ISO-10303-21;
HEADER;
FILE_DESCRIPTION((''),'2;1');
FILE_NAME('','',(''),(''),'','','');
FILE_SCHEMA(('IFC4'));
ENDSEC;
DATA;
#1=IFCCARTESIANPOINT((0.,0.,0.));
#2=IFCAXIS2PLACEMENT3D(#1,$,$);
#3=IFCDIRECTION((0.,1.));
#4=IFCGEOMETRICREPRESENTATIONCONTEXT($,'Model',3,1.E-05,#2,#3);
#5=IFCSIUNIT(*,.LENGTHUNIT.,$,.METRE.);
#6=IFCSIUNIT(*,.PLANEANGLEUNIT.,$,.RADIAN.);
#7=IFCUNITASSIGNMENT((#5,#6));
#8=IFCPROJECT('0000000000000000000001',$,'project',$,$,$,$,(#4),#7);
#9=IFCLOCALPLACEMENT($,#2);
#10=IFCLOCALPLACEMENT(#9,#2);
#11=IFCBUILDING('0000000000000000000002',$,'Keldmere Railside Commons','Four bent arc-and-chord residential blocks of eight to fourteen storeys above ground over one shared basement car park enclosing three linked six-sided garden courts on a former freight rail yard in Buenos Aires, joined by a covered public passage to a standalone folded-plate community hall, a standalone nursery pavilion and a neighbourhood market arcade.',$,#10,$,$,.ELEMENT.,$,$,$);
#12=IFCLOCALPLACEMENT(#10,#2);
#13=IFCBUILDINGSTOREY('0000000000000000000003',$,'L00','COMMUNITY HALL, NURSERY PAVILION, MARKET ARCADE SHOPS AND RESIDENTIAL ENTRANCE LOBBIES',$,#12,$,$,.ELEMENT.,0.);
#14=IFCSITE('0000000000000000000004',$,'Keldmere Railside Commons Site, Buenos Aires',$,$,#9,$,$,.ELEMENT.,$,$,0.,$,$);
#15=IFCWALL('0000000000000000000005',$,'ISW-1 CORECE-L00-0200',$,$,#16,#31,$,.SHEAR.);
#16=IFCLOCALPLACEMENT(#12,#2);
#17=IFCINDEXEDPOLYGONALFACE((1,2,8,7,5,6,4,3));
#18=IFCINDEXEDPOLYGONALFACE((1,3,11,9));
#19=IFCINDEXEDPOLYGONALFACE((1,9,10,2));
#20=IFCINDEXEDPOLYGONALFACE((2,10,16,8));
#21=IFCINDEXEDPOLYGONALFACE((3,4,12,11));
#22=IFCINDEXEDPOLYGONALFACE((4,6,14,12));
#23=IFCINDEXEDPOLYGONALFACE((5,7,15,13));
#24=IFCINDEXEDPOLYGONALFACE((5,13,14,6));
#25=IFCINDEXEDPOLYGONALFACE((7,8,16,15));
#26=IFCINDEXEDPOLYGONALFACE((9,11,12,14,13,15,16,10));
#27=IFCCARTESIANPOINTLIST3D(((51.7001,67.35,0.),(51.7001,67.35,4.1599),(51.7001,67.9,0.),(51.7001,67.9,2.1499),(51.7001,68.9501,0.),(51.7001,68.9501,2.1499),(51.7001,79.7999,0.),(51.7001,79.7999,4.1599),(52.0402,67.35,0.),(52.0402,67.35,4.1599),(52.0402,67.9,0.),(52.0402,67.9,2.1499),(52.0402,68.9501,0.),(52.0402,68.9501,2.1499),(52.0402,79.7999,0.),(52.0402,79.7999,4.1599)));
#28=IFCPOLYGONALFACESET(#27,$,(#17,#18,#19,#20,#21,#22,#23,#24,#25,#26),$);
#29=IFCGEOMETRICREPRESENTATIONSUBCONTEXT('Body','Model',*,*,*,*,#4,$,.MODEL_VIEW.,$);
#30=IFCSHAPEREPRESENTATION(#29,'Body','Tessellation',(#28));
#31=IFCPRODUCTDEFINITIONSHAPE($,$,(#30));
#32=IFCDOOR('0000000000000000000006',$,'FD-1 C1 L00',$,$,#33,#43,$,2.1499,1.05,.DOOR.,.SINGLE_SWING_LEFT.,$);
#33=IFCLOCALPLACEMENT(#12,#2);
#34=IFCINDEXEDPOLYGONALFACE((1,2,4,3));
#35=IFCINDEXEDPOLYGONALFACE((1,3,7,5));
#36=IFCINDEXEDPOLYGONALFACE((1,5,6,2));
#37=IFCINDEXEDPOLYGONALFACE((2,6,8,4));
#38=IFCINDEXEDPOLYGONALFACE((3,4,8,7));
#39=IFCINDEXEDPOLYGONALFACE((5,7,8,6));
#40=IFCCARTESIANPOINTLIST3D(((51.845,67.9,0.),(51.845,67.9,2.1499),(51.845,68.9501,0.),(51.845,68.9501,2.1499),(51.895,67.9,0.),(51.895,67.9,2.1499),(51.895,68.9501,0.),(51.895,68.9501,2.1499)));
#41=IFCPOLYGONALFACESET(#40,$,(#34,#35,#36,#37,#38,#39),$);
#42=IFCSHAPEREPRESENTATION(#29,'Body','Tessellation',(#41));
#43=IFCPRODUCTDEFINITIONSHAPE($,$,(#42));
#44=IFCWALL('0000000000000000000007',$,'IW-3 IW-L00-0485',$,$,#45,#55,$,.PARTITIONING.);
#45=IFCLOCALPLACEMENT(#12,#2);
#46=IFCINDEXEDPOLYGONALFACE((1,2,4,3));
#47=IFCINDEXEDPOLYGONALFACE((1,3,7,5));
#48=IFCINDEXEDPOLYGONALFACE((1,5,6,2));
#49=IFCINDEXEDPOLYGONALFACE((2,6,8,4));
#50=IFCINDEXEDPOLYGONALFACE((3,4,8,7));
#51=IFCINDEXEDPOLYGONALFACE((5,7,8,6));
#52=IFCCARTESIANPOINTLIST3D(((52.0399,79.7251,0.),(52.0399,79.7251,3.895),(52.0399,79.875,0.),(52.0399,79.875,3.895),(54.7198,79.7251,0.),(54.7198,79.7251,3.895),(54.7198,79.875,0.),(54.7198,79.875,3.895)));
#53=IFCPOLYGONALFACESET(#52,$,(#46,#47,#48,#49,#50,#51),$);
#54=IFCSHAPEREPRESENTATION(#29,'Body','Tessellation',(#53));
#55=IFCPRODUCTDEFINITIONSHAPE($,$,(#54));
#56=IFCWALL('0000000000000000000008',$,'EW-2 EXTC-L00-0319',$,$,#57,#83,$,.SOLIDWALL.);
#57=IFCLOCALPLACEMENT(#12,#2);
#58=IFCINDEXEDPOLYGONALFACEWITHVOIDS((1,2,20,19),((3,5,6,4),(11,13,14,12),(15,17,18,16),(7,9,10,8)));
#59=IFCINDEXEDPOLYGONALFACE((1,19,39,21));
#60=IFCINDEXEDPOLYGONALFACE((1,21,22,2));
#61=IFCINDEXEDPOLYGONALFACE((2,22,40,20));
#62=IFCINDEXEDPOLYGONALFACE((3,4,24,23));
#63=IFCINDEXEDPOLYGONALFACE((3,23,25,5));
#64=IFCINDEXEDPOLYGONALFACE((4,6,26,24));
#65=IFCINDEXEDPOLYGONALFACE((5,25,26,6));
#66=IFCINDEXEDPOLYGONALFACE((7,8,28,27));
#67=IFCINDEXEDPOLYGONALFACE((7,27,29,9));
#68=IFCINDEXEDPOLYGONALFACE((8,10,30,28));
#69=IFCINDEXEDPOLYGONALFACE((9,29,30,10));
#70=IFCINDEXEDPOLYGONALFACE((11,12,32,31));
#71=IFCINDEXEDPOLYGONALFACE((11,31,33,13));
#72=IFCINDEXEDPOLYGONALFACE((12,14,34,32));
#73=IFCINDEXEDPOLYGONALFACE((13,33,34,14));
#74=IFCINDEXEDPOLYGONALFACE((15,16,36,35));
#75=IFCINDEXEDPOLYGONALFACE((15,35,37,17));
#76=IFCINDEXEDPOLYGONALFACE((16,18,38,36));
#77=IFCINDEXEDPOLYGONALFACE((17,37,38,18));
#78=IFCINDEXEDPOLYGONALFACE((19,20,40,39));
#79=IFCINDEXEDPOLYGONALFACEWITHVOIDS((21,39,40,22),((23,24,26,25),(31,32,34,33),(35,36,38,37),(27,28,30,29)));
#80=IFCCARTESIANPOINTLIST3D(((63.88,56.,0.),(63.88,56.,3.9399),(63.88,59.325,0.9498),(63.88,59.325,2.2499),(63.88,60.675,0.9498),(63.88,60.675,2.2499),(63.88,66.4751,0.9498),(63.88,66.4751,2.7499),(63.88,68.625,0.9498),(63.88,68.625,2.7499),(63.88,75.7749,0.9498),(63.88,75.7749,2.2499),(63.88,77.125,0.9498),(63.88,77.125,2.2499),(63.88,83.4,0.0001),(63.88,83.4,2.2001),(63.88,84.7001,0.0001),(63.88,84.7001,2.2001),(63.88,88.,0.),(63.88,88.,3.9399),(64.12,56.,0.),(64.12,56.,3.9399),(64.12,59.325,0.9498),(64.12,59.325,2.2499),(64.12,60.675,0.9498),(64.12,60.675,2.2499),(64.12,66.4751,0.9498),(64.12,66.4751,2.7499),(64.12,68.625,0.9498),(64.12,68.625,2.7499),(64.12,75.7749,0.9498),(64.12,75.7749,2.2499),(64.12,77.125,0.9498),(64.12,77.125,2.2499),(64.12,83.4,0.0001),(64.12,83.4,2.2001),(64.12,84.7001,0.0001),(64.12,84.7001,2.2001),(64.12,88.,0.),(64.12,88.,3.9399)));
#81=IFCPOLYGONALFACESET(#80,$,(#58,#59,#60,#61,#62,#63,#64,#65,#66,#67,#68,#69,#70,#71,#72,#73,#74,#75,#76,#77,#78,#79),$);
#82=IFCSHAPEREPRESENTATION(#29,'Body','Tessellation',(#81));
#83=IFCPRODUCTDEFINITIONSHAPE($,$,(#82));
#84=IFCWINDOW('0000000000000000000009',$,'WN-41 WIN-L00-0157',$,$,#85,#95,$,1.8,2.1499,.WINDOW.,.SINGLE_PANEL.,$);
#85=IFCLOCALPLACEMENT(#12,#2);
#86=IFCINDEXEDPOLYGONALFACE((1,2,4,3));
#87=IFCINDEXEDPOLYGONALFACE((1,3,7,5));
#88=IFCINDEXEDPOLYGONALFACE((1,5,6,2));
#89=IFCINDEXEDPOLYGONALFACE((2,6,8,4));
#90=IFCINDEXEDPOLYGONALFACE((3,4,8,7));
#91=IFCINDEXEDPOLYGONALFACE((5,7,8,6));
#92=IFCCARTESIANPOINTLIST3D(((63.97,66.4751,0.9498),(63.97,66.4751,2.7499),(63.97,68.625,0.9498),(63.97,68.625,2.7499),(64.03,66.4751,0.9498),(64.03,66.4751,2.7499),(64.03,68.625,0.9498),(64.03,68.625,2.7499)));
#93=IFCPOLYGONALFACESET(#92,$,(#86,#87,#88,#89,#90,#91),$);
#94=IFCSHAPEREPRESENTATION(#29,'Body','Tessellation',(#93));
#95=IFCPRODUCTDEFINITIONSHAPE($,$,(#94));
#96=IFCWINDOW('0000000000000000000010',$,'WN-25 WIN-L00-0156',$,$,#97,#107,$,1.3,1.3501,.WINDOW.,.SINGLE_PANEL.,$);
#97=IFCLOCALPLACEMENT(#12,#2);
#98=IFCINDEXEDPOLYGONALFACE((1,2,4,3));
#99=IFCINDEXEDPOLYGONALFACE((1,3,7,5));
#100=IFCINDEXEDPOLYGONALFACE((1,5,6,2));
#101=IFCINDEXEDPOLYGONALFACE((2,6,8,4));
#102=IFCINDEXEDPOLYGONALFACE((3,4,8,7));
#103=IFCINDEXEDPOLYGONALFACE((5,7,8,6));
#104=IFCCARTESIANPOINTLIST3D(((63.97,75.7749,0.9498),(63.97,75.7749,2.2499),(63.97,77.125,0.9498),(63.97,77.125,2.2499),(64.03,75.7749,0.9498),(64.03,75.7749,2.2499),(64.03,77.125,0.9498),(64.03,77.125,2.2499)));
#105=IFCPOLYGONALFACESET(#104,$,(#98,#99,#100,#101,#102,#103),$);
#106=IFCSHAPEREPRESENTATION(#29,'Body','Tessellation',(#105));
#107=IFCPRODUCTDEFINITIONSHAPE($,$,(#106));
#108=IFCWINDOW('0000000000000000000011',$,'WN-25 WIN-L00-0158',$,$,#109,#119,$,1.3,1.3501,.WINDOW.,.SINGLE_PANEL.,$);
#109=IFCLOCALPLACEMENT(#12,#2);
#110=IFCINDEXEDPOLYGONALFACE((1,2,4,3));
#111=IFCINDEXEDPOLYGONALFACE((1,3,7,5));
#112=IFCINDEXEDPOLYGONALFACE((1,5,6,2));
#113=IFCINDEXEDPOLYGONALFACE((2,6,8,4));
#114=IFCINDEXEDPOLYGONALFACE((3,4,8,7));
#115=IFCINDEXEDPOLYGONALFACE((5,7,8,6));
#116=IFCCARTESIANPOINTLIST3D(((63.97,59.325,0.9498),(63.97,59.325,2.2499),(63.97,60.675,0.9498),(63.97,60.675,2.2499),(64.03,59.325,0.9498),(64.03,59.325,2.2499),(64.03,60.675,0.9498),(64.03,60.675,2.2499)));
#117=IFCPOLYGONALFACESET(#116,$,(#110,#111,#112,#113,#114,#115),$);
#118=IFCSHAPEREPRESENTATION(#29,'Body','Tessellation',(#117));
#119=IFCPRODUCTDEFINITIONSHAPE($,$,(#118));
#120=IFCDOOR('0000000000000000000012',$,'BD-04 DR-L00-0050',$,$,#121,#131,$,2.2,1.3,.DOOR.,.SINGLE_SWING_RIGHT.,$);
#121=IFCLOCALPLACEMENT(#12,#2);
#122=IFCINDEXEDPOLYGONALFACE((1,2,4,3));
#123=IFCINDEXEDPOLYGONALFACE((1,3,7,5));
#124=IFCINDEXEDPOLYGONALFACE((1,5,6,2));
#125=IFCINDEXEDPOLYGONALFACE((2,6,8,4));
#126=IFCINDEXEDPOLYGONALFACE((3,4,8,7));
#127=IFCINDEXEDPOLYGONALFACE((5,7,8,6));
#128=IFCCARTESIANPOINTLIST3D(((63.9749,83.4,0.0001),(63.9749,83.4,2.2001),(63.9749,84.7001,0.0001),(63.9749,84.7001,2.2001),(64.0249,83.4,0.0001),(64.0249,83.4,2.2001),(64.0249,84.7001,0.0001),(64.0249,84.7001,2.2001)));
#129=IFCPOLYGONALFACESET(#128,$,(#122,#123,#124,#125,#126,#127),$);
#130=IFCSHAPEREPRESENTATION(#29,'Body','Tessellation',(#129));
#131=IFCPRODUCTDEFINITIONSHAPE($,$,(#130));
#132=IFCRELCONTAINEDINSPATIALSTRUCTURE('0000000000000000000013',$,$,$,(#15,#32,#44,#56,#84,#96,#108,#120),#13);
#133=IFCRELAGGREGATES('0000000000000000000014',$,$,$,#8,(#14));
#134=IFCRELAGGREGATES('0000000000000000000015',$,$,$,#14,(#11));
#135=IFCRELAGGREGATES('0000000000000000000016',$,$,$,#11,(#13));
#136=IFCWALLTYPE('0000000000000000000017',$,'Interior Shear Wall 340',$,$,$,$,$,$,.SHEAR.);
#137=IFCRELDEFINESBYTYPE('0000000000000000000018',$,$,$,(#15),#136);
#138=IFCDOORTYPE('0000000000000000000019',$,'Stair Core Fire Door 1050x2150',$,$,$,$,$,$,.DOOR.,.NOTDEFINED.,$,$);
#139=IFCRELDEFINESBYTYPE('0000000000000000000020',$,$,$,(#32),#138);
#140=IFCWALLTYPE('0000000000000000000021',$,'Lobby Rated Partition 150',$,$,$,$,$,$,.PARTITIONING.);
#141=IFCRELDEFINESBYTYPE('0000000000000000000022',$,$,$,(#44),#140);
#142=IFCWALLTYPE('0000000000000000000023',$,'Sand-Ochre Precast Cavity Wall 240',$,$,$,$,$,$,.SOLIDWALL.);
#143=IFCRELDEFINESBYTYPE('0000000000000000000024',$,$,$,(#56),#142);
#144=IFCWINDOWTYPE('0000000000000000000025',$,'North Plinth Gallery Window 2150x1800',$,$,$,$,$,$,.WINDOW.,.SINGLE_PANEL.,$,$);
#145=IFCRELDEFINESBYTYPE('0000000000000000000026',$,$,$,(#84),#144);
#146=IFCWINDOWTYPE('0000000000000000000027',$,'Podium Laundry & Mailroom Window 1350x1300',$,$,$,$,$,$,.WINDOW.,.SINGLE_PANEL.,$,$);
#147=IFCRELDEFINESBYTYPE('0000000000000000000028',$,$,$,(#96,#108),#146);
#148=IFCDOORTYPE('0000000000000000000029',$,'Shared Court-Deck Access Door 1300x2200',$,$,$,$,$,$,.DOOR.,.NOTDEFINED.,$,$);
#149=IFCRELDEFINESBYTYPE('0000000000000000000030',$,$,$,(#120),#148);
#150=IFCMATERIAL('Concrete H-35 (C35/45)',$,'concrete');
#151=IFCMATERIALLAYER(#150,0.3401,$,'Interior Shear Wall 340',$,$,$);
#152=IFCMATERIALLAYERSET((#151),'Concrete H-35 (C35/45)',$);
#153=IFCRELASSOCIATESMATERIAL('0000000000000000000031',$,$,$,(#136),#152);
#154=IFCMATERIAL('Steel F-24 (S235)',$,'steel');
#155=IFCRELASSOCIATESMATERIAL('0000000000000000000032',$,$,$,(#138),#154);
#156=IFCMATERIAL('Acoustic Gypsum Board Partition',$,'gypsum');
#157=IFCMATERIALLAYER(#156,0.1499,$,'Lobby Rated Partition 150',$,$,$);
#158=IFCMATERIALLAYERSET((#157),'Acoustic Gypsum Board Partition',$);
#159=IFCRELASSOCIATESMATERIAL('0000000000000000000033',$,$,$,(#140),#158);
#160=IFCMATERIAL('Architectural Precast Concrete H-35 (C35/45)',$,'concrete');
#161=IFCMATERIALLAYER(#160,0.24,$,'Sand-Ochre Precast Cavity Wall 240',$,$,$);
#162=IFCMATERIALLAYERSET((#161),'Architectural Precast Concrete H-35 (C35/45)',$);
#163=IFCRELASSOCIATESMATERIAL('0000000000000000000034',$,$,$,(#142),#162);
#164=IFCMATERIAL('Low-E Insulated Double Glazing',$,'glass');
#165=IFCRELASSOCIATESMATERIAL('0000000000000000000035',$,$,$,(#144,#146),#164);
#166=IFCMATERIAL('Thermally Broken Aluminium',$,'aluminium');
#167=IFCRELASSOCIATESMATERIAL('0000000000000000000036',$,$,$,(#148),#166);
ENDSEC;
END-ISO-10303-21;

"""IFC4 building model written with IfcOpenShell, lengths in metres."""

from ifc_helpers import new_model, si_unit, direction, frame, frame_2d, origin, place, context, subcontext, project, spatial, rectangle, extrude, material, layer, layer_set, type_object, element, fill, save


model = new_model("IFC4")

# Units and contexts
model_context = context("Model", 3, precision=1e-05, world=origin(), true_north=direction((0.0, 1.0)))
body_context = subcontext(model_context, "Body", "Model", "MODEL_VIEW")
ifc_project = project(units=[si_unit("LENGTHUNIT", "METRE"), si_unit("PLANEANGLEUNIT", "RADIAN")], contexts=[model_context])

# Site, building, storey
site_placement = place(None, origin())
site = spatial("IfcSite", under=ifc_project, at=site_placement, Name="Keldmere Railside Commons Site, Buenos Aires", CompositionType="ELEMENT", RefElevation=0.0)
building_placement = place(site_placement, origin())
building = spatial("IfcBuilding", under=site, at=building_placement, Name="Keldmere Railside Commons", Description="Four bent arc-and-chord residential blocks of eight to fourteen storeys above ground over one shared basement car park enclosing three linked six-sided garden courts on a former freight rail yard in Buenos Aires, joined by a covered public passage to a standalone folded-plate community hall, a standalone nursery pavilion and a neighbourhood market arcade.", CompositionType="ELEMENT")
storey_placement = place(building_placement, origin())
storey = spatial("IfcBuildingStorey", under=building, at=storey_placement, Name="L00", Description="COMMUNITY HALL, NURSERY PAVILION, MARKET ARCADE SHOPS AND RESIDENTIAL ENTRANCE LOBBIES", CompositionType="ELEMENT", Elevation=0.0)

# Shared definitions
ifc_material_1 = material(Name="Architectural Precast Concrete H-35 (C35/45)", Category="concrete")

# Shared definitions
ifc_material_2 = material(Name="Thermally Broken Aluminium", Category="aluminium")

# Shared definitions
ifc_material_3 = material(Name="Acoustic Gypsum Board Partition", Category="gypsum")
ifc_material_4 = material(Name="Concrete H-35 (C35/45)", Category="concrete")

# Wall, opening, door
ifc_layer_1 = layer(ifc_material_4, 0.3401, Name="Interior Shear Wall 340")
ifc_layer_set_1 = layer_set([ifc_layer_1], Name="Concrete H-35 (C35/45)")
wall_type_1 = type_object("IfcWallType", Name="Interior Shear Wall 340", PredefinedType="SHEAR", material=ifc_layer_set_1)
wall_1_placement = place(storey_placement, frame((51.8701, 79.8, 0.0), z_axis=(0.0, 0.0, 1.0), x_axis=(0.0, -1.0, 0.0)))
wall_1 = element("IfcWall", 1, at=wall_1_placement, inside=storey, type_object=wall_type_1, Name="ISW-1 CORECE-L00-0200", PredefinedType="SHEAR", context=body_context, shape_type="SweptSolid", body=[
    extrude(rectangle(XDim=12.45, YDim=0.3401, at=frame_2d((6.2251, 0.0))), origin(), (0.0, 0.0, 1.0), 4.1599),
])
opening_1_placement = place(wall_1_placement, frame((10.8501, 0.0, 0.0)))
opening_1 = element("IfcOpeningElement", 2, at=opening_1_placement, cuts=wall_1, PredefinedType="OPENING", context=body_context, shape_type="SweptSolid", body=[
    extrude(rectangle(XDim=1.05, YDim=2.1499, at=frame_2d((0.5249, 1.075))), frame((0.0, 0.1799, 0.0), z_axis=(0.0, -1.0, 0.0), x_axis=(1.0, 0.0, 0.0)), (0.0, 0.0, 1.0), 0.3601),
])
ifc_material_5 = material(Name="Steel F-24 (S235)", Category="steel")
door_type_1 = type_object("IfcDoorType", Name="Stair Core Fire Door 1050x2150", OperationType="NOTDEFINED", PredefinedType="DOOR", material=ifc_material_5)
door_1_placement = place(opening_1_placement, origin())
door_1 = element("IfcDoor", 3, at=door_1_placement, inside=storey, type_object=door_type_1, Name="FD-1 C1 L00", OperationType="SINGLE_SWING_LEFT", OverallHeight=2.1499, OverallWidth=1.05, PredefinedType="DOOR", context=body_context, shape_type="SweptSolid", body=[
    extrude(rectangle(XDim=1.05, YDim=2.1499, at=frame_2d((0.5249, 1.075))), frame((0.0, 0.0249, 0.0), z_axis=(0.0, -1.0, 0.0), x_axis=(1.0, 0.0, 0.0)), (0.0, 0.0, 1.0), 0.05),
])
fill(opening_1, door_1)

# Wall
ifc_layer_2 = layer(ifc_material_3, 0.1499, Name="Lobby Rated Partition 150")
ifc_layer_set_2 = layer_set([ifc_layer_2], Name="Acoustic Gypsum Board Partition")
wall_type_2 = type_object("IfcWallType", Name="Lobby Rated Partition 150", PredefinedType="PARTITIONING", material=ifc_layer_set_2)
wall_2_placement = place(storey_placement, frame((52.04, 79.8, 0.0), z_axis=(0.0, 0.0, 1.0), x_axis=(1.0, 0.0, 0.0)))
element("IfcWall", 4, at=wall_2_placement, inside=storey, type_object=wall_type_2, Name="IW-3 IW-L00-0485", PredefinedType="PARTITIONING", context=body_context, shape_type="SweptSolid", body=[
    extrude(rectangle(XDim=2.6799, YDim=0.1499, at=frame_2d((1.3398, 0.0))), origin(), (0.0, 0.0, 1.0), 3.895),
])

# Wall, openings, windows, door
ifc_layer_3 = layer(ifc_material_1, 0.24, Name="Sand-Ochre Precast Cavity Wall 240")
ifc_layer_set_3 = layer_set([ifc_layer_3], Name="Architectural Precast Concrete H-35 (C35/45)")
wall_type_3 = type_object("IfcWallType", Name="Sand-Ochre Precast Cavity Wall 240", PredefinedType="SOLIDWALL", material=ifc_layer_set_3)
wall_3_placement = place(storey_placement, frame((64.0, 88.0, 0.0), z_axis=(0.0, 0.0, 1.0), x_axis=(0.0, -1.0, 0.0)))
wall_3 = element("IfcWall", 5, at=wall_3_placement, inside=storey, type_object=wall_type_3, Name="EW-2 EXTC-L00-0319", PredefinedType="SOLIDWALL", context=body_context, shape_type="SweptSolid", body=[
    extrude(rectangle(XDim=32.0, YDim=0.24, at=frame_2d((16.0, 0.0))), origin(), (0.0, 0.0, 1.0), 3.9399),
])
opening_2_placement = place(wall_3_placement, frame((3.3, 0.0, 0.0)))
opening_2 = element("IfcOpeningElement", 6, at=opening_2_placement, cuts=wall_3, PredefinedType="OPENING", context=body_context, shape_type="SweptSolid", body=[
    extrude(rectangle(XDim=1.3, YDim=2.2, at=frame_2d((0.6499, 1.1001))), frame((0.0, 0.1299, 0.0), z_axis=(0.0, -1.0, 0.0), x_axis=(1.0, 0.0, 0.0)), (0.0, 0.0, 1.0), 0.26),
])
opening_3_placement = place(wall_3_placement, frame((10.875, 0.0, 0.95)))
opening_3 = element("IfcOpeningElement", 7, at=opening_3_placement, cuts=wall_3, PredefinedType="OPENING", context=body_context, shape_type="SweptSolid", body=[
    extrude(rectangle(XDim=1.3501, YDim=1.3, at=frame_2d((0.675, 0.6499))), frame((0.0, 0.1299, 0.0), z_axis=(0.0, -1.0, 0.0), x_axis=(1.0, 0.0, 0.0)), (0.0, 0.0, 1.0), 0.26),
])
opening_4_placement = place(wall_3_placement, frame((19.375, 0.0, 0.95)))
opening_4 = element("IfcOpeningElement", 8, at=opening_4_placement, cuts=wall_3, PredefinedType="OPENING", context=body_context, shape_type="SweptSolid", body=[
    extrude(rectangle(XDim=2.1499, YDim=1.8, at=frame_2d((1.075, 0.8999))), frame((0.0, 0.1299, 0.0), z_axis=(0.0, -1.0, 0.0), x_axis=(1.0, 0.0, 0.0)), (0.0, 0.0, 1.0), 0.26),
])
opening_5_placement = place(wall_3_placement, frame((27.325, 0.0, 0.95)))
opening_5 = element("IfcOpeningElement", 9, at=opening_5_placement, cuts=wall_3, PredefinedType="OPENING", context=body_context, shape_type="SweptSolid", body=[
    extrude(rectangle(XDim=1.3501, YDim=1.3, at=frame_2d((0.675, 0.6499))), frame((0.0, 0.1299, 0.0), z_axis=(0.0, -1.0, 0.0), x_axis=(1.0, 0.0, 0.0)), (0.0, 0.0, 1.0), 0.26),
])
ifc_material_6 = material(Name="Low-E Insulated Double Glazing", Category="glass")
window_type_1 = type_object("IfcWindowType", Name="North Plinth Gallery Window 2150x1800", PartitioningType="SINGLE_PANEL", PredefinedType="WINDOW", material=ifc_material_6)
window_1_placement = place(opening_4_placement, origin())
window_1 = element("IfcWindow", 10, at=window_1_placement, inside=storey, type_object=window_type_1, Name="WN-41 WIN-L00-0157", OverallHeight=1.8, OverallWidth=2.1499, PartitioningType="SINGLE_PANEL", PredefinedType="WINDOW", context=body_context, shape_type="SweptSolid", body=[
    extrude(rectangle(XDim=2.1499, YDim=1.8, at=frame_2d((1.075, 0.8999))), frame((0.0, 0.03, 0.0), z_axis=(0.0, -1.0, 0.0), x_axis=(1.0, 0.0, 0.0)), (0.0, 0.0, 1.0), 0.0601),
])
fill(opening_4, window_1)
window_type_2 = type_object("IfcWindowType", Name="Podium Laundry & Mailroom Window 1350x1300", PartitioningType="SINGLE_PANEL", PredefinedType="WINDOW", material=ifc_material_6)
window_2_placement = place(opening_3_placement, origin())
window_2 = element("IfcWindow", 11, at=window_2_placement, inside=storey, type_object=window_type_2, Name="WN-25 WIN-L00-0156", OverallHeight=1.3, OverallWidth=1.3501, PartitioningType="SINGLE_PANEL", PredefinedType="WINDOW", context=body_context, shape_type="SweptSolid", body=[
    extrude(rectangle(XDim=1.3501, YDim=1.3, at=frame_2d((0.675, 0.6499))), frame((0.0, 0.03, 0.0), z_axis=(0.0, -1.0, 0.0), x_axis=(1.0, 0.0, 0.0)), (0.0, 0.0, 1.0), 0.0601),
])
fill(opening_3, window_2)
window_3_placement = place(opening_5_placement, origin())
window_3 = element("IfcWindow", 12, at=window_3_placement, inside=storey, type_object=window_type_2, Name="WN-25 WIN-L00-0158", OverallHeight=1.3, OverallWidth=1.3501, PartitioningType="SINGLE_PANEL", PredefinedType="WINDOW", context=body_context, shape_type="SweptSolid", body=[
    extrude(rectangle(XDim=1.3501, YDim=1.3, at=frame_2d((0.675, 0.6499))), frame((0.0, 0.03, 0.0), z_axis=(0.0, -1.0, 0.0), x_axis=(1.0, 0.0, 0.0)), (0.0, 0.0, 1.0), 0.0601),
])
fill(opening_5, window_3)
door_type_2 = type_object("IfcDoorType", Name="Shared Court-Deck Access Door 1300x2200", OperationType="NOTDEFINED", PredefinedType="DOOR", material=ifc_material_2)
door_2_placement = place(opening_2_placement, origin())
door_2 = element("IfcDoor", 13, at=door_2_placement, inside=storey, type_object=door_type_2, Name="BD-04 DR-L00-0050", OperationType="SINGLE_SWING_RIGHT", OverallHeight=2.2, OverallWidth=1.3, PredefinedType="DOOR", context=body_context, shape_type="SweptSolid", body=[
    extrude(rectangle(XDim=1.3, YDim=2.2, at=frame_2d((0.6499, 1.1001))), frame((0.0, 0.0249, 0.0), z_axis=(0.0, -1.0, 0.0), x_axis=(1.0, 0.0, 0.0)), (0.0, 0.0, 1.0), 0.05),
])
fill(opening_2, door_2)

save(model, "model.ifc")
